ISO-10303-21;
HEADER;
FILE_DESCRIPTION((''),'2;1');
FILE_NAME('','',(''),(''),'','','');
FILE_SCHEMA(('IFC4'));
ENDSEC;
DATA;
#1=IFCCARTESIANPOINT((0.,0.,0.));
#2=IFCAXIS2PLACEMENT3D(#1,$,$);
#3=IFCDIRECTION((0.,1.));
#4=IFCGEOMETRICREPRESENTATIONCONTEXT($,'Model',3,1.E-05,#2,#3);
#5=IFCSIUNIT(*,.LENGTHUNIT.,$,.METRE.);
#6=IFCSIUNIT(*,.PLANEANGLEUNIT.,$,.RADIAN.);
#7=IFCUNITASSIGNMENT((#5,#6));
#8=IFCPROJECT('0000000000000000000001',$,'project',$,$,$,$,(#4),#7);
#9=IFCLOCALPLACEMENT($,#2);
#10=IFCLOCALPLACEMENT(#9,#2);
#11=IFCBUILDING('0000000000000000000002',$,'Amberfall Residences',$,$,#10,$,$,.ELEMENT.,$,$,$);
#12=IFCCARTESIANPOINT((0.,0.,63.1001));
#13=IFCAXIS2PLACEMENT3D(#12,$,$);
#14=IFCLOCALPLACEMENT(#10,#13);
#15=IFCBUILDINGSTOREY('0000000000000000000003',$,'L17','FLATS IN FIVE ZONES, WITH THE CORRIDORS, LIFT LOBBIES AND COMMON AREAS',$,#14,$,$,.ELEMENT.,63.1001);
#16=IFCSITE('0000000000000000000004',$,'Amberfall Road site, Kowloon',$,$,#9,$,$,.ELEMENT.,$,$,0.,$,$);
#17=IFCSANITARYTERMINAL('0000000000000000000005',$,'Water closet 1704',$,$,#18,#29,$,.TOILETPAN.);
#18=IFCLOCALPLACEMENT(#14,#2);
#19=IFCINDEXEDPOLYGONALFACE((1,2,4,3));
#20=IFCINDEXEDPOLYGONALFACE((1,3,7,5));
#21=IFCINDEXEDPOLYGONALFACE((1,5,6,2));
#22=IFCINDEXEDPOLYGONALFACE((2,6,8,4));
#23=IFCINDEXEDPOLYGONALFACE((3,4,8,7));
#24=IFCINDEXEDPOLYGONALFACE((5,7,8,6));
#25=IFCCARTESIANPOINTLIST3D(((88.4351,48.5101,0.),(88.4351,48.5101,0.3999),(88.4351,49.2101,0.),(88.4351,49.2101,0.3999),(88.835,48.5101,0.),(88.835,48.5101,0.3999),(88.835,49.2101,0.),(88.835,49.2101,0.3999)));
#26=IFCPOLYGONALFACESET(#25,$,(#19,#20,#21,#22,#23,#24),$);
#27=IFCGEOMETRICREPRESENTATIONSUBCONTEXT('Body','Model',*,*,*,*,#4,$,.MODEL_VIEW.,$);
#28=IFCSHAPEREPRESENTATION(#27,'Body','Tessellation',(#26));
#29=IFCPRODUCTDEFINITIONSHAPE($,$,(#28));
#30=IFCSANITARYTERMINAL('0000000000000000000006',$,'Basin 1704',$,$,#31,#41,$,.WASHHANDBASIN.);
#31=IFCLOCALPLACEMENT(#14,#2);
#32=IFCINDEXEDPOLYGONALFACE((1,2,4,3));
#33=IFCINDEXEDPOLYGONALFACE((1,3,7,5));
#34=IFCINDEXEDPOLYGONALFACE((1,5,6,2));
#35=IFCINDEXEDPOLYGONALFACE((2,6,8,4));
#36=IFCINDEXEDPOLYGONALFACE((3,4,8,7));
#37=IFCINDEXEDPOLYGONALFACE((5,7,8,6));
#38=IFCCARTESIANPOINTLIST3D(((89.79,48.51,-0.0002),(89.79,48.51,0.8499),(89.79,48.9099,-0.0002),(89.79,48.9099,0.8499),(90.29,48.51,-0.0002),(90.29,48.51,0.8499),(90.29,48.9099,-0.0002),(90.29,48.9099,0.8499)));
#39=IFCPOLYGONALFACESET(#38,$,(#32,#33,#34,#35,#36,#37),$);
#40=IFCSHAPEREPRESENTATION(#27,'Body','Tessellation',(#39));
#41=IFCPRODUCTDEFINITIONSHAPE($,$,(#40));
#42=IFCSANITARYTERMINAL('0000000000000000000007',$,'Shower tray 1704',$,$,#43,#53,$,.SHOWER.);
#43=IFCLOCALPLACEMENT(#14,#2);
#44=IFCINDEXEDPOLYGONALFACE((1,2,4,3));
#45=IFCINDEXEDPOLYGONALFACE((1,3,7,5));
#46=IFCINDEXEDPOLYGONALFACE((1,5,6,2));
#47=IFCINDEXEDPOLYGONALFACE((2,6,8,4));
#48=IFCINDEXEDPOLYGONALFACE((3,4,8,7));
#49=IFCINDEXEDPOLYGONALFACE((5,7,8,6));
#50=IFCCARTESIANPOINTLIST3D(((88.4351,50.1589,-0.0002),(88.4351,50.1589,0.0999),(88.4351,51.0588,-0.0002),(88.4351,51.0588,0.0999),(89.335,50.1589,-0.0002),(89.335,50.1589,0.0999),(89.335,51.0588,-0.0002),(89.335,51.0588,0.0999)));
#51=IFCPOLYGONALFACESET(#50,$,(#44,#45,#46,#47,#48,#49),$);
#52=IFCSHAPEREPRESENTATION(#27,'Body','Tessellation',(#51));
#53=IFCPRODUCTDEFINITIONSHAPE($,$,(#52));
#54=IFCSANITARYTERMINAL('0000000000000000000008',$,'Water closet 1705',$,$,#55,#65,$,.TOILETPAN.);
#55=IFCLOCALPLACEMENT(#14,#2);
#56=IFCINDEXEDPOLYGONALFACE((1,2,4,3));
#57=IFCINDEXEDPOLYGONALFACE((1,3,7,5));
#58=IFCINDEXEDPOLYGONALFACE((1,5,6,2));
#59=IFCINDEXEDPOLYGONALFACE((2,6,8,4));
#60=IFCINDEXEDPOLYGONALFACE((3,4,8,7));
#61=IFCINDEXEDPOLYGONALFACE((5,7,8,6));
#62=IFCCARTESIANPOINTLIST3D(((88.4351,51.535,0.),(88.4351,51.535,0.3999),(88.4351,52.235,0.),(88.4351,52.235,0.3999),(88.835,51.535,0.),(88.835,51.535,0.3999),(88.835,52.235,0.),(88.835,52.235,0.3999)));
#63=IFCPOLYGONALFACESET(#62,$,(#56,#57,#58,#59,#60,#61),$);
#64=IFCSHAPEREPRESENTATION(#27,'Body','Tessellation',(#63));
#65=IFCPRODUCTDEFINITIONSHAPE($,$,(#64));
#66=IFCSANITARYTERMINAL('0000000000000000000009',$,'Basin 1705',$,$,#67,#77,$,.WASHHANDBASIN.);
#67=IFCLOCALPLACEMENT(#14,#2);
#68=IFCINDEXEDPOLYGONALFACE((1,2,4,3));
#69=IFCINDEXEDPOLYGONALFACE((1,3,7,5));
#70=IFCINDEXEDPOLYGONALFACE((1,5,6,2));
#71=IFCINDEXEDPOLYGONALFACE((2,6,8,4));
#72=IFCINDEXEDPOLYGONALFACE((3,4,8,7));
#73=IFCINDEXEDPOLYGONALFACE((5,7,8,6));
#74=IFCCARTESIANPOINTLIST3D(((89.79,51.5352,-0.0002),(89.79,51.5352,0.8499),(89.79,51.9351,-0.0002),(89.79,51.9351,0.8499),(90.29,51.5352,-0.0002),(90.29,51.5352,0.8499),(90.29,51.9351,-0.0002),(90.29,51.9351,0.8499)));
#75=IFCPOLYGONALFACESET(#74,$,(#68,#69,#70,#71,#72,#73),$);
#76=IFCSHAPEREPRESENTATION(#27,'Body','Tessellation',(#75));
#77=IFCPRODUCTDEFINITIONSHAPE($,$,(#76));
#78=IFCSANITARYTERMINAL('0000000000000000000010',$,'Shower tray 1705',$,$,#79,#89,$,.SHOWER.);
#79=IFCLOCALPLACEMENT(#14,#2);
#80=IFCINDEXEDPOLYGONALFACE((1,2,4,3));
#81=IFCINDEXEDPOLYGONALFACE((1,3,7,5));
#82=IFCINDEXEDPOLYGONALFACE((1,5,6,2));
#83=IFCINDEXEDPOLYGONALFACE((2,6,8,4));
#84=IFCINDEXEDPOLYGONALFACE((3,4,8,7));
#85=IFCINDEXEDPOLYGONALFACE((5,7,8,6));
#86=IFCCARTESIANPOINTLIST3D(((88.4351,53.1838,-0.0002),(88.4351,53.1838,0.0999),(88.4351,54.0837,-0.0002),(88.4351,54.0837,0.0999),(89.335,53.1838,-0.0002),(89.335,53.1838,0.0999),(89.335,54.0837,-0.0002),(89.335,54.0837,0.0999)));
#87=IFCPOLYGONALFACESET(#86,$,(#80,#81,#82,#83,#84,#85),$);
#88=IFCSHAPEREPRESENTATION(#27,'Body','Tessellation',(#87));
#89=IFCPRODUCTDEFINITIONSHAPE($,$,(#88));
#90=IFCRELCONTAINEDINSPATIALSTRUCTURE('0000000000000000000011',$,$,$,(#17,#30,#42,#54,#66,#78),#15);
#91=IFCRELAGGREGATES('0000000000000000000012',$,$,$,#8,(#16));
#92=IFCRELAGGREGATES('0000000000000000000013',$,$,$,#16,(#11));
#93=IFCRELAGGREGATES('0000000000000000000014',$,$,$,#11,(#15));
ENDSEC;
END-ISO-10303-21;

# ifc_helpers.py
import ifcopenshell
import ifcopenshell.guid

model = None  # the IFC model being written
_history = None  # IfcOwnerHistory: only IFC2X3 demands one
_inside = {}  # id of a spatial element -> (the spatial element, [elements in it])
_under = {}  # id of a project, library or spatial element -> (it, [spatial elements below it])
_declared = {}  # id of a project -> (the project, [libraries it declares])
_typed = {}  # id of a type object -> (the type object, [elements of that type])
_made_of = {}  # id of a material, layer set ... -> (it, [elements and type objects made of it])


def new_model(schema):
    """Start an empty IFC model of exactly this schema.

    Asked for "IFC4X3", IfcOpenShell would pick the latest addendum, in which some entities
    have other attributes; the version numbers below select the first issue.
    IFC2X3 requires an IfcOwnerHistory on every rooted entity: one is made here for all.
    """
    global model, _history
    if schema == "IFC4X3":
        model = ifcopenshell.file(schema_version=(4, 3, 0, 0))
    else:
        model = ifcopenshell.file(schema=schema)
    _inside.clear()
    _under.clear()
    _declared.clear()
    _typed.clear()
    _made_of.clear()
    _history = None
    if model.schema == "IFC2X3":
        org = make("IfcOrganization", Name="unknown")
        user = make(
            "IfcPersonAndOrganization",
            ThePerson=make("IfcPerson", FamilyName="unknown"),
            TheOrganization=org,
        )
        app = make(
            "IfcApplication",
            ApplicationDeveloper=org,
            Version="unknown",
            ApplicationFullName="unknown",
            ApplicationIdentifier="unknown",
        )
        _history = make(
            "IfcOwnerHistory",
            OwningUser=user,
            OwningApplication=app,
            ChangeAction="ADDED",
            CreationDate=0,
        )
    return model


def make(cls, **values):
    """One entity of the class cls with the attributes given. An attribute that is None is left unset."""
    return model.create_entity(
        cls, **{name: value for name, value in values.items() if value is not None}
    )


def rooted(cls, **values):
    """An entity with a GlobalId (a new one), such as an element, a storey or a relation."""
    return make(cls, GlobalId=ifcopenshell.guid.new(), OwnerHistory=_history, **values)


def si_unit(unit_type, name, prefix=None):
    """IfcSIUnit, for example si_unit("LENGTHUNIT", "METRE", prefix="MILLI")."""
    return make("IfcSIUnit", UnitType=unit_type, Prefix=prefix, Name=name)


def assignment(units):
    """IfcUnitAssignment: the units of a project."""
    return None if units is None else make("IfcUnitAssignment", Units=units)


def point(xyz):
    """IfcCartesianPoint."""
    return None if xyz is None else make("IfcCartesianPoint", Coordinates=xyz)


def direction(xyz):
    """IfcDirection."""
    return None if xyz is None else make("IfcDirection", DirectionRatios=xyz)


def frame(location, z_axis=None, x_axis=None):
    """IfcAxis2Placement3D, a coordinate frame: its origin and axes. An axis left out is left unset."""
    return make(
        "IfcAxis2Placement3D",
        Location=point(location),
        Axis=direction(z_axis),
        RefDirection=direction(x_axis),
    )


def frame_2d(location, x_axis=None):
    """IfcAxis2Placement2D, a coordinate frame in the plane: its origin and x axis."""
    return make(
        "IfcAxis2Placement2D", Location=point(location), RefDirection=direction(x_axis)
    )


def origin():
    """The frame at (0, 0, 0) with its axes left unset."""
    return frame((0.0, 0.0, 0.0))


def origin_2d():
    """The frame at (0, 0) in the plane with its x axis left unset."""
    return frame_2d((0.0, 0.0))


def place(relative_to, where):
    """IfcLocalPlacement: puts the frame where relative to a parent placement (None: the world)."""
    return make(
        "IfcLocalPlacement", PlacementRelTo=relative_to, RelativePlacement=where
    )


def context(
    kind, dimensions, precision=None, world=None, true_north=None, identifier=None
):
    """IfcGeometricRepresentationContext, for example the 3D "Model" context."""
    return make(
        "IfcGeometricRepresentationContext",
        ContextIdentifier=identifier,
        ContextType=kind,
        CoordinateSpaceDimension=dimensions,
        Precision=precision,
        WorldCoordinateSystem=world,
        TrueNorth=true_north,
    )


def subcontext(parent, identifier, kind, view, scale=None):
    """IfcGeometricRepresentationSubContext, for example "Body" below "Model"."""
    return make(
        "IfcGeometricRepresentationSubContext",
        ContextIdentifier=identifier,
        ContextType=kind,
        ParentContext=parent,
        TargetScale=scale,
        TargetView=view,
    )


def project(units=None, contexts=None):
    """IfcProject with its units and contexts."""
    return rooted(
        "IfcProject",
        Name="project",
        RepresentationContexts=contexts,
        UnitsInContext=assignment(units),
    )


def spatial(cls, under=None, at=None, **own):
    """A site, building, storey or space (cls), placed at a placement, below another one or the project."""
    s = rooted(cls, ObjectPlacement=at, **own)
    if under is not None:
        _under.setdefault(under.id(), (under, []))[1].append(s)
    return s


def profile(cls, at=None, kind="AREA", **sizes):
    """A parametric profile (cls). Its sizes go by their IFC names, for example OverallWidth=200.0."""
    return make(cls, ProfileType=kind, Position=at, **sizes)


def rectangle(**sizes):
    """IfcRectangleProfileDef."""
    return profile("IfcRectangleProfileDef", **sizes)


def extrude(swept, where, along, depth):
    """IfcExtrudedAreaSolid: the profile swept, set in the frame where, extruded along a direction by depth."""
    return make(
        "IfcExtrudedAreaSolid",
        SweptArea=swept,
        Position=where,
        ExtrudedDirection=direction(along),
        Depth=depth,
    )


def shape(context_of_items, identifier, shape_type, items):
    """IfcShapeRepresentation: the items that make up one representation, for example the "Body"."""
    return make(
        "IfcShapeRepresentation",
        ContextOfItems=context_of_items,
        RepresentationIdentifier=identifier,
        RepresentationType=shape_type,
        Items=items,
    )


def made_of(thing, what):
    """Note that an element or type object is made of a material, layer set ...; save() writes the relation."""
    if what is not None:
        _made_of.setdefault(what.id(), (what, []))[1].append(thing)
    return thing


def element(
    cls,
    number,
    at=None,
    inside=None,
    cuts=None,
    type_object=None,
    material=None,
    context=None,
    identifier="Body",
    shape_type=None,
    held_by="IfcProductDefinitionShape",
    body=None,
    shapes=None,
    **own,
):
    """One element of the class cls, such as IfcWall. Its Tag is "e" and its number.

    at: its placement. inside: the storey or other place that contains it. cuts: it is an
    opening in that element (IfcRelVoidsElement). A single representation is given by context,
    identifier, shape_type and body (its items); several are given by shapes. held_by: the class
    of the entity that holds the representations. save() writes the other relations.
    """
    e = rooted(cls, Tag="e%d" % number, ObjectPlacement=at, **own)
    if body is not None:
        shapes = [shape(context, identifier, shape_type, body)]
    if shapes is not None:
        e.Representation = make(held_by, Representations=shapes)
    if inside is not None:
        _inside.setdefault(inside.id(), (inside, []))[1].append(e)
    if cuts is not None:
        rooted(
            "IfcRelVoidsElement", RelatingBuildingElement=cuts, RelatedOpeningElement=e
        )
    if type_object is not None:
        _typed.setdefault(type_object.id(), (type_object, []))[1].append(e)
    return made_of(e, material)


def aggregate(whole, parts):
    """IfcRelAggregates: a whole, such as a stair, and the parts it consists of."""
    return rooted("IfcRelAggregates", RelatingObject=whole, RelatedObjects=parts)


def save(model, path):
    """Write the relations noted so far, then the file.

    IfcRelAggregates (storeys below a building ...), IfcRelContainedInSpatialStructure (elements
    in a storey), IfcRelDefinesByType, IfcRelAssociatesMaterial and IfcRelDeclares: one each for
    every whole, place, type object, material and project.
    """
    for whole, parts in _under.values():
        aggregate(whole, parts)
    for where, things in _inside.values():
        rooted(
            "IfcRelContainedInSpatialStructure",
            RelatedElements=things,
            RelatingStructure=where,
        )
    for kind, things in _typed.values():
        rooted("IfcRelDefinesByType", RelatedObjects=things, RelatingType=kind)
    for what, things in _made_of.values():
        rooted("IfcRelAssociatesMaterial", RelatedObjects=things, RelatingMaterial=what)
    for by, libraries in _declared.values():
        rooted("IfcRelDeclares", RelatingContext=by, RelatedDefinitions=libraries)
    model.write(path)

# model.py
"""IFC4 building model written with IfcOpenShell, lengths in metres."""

from ifc_helpers import new_model, si_unit, direction, frame, origin, origin_2d, place, context, subcontext, project, spatial, rectangle, extrude, element, save


model = new_model("IFC4")

# Units and contexts
model_context = context("Model", 3, precision=1e-05, world=origin(), true_north=direction((0.0, 1.0)))
body_context = subcontext(model_context, "Body", "Model", "MODEL_VIEW")
ifc_project = project(units=[si_unit("LENGTHUNIT", "METRE"), si_unit("PLANEANGLEUNIT", "RADIAN")], contexts=[model_context])

# Site, building, storey
site_placement = place(None, origin())
site = spatial("IfcSite", under=ifc_project, at=site_placement, Name="Amberfall Road site, Kowloon", CompositionType="ELEMENT", RefElevation=0.0)
building_placement = place(site_placement, origin())
building = spatial("IfcBuilding", under=site, at=building_placement, Name="Amberfall Residences", CompositionType="ELEMENT")
storey_placement = place(building_placement, frame((0.0, 0.0, 63.1001)))
storey = spatial("IfcBuildingStorey", under=building, at=storey_placement, Name="L17", Description="FLATS IN FIVE ZONES, WITH THE CORRIDORS, LIFT LOBBIES AND COMMON AREAS", CompositionType="ELEMENT", Elevation=63.1001)

# Sanitary terminals
sanitary_terminal_1_placement = place(storey_placement, frame((88.635, 48.8601, 0.0), z_axis=(0.0, 0.0, 1.0), x_axis=(1.0, 0.0, 0.0)))
element("IfcSanitaryTerminal", 1, at=sanitary_terminal_1_placement, inside=storey, Name="Water closet 1704", PredefinedType="TOILETPAN", context=body_context, shape_type="SweptSolid", body=[
    extrude(rectangle(XDim=0.3999, YDim=0.7, at=origin_2d()), origin(), (0.0, 0.0, 1.0), 0.3999),
])
sanitary_terminal_2_placement = place(storey_placement, frame((90.04, 48.71, -0.0002), z_axis=(0.0, 0.0, 1.0), x_axis=(1.0, 0.0, 0.0)))
element("IfcSanitaryTerminal", 2, at=sanitary_terminal_2_placement, inside=storey, Name="Basin 1704", PredefinedType="WASHHANDBASIN", context=body_context, shape_type="SweptSolid", body=[
    extrude(rectangle(XDim=0.5, YDim=0.3999, at=origin_2d()), origin(), (0.0, 0.0, 1.0), 0.8501),
])
sanitary_terminal_3_placement = place(storey_placement, frame((88.885, 50.6089, -0.0002), z_axis=(0.0, 0.0, 1.0), x_axis=(1.0, 0.0, 0.0)))
element("IfcSanitaryTerminal", 3, at=sanitary_terminal_3_placement, inside=storey, Name="Shower tray 1704", PredefinedType="SHOWER", context=body_context, shape_type="SweptSolid", body=[
    extrude(rectangle(XDim=0.8999, YDim=0.8999, at=origin_2d()), origin(), (0.0, 0.0, 1.0), 0.1001),
])
sanitary_terminal_4_placement = place(storey_placement, frame((88.635, 51.885, 0.0), z_axis=(0.0, 0.0, 1.0), x_axis=(1.0, 0.0, 0.0)))
element("IfcSanitaryTerminal", 4, at=sanitary_terminal_4_placement, inside=storey, Name="Water closet 1705", PredefinedType="TOILETPAN", context=body_context, shape_type="SweptSolid", body=[
    extrude(rectangle(XDim=0.3999, YDim=0.7, at=origin_2d()), origin(), (0.0, 0.0, 1.0), 0.3999),
])
sanitary_terminal_5_placement = place(storey_placement, frame((90.04, 51.7351, -0.0002), z_axis=(0.0, 0.0, 1.0), x_axis=(1.0, 0.0, 0.0)))
element("IfcSanitaryTerminal", 5, at=sanitary_terminal_5_placement, inside=storey, Name="Basin 1705", PredefinedType="WASHHANDBASIN", context=body_context, shape_type="SweptSolid", body=[
    extrude(rectangle(XDim=0.5, YDim=0.3999, at=origin_2d()), origin(), (0.0, 0.0, 1.0), 0.8501),
])
sanitary_terminal_6_placement = place(storey_placement, frame((88.885, 53.6338, -0.0002), z_axis=(0.0, 0.0, 1.0), x_axis=(1.0, 0.0, 0.0)))
element("IfcSanitaryTerminal", 6, at=sanitary_terminal_6_placement, inside=storey, Name="Shower tray 1705", PredefinedType="SHOWER", context=body_context, shape_type="SweptSolid", body=[
    extrude(rectangle(XDim=0.8999, YDim=0.8999, at=origin_2d()), origin(), (0.0, 0.0, 1.0), 0.1001),
])

save(model, "model.ifc")
